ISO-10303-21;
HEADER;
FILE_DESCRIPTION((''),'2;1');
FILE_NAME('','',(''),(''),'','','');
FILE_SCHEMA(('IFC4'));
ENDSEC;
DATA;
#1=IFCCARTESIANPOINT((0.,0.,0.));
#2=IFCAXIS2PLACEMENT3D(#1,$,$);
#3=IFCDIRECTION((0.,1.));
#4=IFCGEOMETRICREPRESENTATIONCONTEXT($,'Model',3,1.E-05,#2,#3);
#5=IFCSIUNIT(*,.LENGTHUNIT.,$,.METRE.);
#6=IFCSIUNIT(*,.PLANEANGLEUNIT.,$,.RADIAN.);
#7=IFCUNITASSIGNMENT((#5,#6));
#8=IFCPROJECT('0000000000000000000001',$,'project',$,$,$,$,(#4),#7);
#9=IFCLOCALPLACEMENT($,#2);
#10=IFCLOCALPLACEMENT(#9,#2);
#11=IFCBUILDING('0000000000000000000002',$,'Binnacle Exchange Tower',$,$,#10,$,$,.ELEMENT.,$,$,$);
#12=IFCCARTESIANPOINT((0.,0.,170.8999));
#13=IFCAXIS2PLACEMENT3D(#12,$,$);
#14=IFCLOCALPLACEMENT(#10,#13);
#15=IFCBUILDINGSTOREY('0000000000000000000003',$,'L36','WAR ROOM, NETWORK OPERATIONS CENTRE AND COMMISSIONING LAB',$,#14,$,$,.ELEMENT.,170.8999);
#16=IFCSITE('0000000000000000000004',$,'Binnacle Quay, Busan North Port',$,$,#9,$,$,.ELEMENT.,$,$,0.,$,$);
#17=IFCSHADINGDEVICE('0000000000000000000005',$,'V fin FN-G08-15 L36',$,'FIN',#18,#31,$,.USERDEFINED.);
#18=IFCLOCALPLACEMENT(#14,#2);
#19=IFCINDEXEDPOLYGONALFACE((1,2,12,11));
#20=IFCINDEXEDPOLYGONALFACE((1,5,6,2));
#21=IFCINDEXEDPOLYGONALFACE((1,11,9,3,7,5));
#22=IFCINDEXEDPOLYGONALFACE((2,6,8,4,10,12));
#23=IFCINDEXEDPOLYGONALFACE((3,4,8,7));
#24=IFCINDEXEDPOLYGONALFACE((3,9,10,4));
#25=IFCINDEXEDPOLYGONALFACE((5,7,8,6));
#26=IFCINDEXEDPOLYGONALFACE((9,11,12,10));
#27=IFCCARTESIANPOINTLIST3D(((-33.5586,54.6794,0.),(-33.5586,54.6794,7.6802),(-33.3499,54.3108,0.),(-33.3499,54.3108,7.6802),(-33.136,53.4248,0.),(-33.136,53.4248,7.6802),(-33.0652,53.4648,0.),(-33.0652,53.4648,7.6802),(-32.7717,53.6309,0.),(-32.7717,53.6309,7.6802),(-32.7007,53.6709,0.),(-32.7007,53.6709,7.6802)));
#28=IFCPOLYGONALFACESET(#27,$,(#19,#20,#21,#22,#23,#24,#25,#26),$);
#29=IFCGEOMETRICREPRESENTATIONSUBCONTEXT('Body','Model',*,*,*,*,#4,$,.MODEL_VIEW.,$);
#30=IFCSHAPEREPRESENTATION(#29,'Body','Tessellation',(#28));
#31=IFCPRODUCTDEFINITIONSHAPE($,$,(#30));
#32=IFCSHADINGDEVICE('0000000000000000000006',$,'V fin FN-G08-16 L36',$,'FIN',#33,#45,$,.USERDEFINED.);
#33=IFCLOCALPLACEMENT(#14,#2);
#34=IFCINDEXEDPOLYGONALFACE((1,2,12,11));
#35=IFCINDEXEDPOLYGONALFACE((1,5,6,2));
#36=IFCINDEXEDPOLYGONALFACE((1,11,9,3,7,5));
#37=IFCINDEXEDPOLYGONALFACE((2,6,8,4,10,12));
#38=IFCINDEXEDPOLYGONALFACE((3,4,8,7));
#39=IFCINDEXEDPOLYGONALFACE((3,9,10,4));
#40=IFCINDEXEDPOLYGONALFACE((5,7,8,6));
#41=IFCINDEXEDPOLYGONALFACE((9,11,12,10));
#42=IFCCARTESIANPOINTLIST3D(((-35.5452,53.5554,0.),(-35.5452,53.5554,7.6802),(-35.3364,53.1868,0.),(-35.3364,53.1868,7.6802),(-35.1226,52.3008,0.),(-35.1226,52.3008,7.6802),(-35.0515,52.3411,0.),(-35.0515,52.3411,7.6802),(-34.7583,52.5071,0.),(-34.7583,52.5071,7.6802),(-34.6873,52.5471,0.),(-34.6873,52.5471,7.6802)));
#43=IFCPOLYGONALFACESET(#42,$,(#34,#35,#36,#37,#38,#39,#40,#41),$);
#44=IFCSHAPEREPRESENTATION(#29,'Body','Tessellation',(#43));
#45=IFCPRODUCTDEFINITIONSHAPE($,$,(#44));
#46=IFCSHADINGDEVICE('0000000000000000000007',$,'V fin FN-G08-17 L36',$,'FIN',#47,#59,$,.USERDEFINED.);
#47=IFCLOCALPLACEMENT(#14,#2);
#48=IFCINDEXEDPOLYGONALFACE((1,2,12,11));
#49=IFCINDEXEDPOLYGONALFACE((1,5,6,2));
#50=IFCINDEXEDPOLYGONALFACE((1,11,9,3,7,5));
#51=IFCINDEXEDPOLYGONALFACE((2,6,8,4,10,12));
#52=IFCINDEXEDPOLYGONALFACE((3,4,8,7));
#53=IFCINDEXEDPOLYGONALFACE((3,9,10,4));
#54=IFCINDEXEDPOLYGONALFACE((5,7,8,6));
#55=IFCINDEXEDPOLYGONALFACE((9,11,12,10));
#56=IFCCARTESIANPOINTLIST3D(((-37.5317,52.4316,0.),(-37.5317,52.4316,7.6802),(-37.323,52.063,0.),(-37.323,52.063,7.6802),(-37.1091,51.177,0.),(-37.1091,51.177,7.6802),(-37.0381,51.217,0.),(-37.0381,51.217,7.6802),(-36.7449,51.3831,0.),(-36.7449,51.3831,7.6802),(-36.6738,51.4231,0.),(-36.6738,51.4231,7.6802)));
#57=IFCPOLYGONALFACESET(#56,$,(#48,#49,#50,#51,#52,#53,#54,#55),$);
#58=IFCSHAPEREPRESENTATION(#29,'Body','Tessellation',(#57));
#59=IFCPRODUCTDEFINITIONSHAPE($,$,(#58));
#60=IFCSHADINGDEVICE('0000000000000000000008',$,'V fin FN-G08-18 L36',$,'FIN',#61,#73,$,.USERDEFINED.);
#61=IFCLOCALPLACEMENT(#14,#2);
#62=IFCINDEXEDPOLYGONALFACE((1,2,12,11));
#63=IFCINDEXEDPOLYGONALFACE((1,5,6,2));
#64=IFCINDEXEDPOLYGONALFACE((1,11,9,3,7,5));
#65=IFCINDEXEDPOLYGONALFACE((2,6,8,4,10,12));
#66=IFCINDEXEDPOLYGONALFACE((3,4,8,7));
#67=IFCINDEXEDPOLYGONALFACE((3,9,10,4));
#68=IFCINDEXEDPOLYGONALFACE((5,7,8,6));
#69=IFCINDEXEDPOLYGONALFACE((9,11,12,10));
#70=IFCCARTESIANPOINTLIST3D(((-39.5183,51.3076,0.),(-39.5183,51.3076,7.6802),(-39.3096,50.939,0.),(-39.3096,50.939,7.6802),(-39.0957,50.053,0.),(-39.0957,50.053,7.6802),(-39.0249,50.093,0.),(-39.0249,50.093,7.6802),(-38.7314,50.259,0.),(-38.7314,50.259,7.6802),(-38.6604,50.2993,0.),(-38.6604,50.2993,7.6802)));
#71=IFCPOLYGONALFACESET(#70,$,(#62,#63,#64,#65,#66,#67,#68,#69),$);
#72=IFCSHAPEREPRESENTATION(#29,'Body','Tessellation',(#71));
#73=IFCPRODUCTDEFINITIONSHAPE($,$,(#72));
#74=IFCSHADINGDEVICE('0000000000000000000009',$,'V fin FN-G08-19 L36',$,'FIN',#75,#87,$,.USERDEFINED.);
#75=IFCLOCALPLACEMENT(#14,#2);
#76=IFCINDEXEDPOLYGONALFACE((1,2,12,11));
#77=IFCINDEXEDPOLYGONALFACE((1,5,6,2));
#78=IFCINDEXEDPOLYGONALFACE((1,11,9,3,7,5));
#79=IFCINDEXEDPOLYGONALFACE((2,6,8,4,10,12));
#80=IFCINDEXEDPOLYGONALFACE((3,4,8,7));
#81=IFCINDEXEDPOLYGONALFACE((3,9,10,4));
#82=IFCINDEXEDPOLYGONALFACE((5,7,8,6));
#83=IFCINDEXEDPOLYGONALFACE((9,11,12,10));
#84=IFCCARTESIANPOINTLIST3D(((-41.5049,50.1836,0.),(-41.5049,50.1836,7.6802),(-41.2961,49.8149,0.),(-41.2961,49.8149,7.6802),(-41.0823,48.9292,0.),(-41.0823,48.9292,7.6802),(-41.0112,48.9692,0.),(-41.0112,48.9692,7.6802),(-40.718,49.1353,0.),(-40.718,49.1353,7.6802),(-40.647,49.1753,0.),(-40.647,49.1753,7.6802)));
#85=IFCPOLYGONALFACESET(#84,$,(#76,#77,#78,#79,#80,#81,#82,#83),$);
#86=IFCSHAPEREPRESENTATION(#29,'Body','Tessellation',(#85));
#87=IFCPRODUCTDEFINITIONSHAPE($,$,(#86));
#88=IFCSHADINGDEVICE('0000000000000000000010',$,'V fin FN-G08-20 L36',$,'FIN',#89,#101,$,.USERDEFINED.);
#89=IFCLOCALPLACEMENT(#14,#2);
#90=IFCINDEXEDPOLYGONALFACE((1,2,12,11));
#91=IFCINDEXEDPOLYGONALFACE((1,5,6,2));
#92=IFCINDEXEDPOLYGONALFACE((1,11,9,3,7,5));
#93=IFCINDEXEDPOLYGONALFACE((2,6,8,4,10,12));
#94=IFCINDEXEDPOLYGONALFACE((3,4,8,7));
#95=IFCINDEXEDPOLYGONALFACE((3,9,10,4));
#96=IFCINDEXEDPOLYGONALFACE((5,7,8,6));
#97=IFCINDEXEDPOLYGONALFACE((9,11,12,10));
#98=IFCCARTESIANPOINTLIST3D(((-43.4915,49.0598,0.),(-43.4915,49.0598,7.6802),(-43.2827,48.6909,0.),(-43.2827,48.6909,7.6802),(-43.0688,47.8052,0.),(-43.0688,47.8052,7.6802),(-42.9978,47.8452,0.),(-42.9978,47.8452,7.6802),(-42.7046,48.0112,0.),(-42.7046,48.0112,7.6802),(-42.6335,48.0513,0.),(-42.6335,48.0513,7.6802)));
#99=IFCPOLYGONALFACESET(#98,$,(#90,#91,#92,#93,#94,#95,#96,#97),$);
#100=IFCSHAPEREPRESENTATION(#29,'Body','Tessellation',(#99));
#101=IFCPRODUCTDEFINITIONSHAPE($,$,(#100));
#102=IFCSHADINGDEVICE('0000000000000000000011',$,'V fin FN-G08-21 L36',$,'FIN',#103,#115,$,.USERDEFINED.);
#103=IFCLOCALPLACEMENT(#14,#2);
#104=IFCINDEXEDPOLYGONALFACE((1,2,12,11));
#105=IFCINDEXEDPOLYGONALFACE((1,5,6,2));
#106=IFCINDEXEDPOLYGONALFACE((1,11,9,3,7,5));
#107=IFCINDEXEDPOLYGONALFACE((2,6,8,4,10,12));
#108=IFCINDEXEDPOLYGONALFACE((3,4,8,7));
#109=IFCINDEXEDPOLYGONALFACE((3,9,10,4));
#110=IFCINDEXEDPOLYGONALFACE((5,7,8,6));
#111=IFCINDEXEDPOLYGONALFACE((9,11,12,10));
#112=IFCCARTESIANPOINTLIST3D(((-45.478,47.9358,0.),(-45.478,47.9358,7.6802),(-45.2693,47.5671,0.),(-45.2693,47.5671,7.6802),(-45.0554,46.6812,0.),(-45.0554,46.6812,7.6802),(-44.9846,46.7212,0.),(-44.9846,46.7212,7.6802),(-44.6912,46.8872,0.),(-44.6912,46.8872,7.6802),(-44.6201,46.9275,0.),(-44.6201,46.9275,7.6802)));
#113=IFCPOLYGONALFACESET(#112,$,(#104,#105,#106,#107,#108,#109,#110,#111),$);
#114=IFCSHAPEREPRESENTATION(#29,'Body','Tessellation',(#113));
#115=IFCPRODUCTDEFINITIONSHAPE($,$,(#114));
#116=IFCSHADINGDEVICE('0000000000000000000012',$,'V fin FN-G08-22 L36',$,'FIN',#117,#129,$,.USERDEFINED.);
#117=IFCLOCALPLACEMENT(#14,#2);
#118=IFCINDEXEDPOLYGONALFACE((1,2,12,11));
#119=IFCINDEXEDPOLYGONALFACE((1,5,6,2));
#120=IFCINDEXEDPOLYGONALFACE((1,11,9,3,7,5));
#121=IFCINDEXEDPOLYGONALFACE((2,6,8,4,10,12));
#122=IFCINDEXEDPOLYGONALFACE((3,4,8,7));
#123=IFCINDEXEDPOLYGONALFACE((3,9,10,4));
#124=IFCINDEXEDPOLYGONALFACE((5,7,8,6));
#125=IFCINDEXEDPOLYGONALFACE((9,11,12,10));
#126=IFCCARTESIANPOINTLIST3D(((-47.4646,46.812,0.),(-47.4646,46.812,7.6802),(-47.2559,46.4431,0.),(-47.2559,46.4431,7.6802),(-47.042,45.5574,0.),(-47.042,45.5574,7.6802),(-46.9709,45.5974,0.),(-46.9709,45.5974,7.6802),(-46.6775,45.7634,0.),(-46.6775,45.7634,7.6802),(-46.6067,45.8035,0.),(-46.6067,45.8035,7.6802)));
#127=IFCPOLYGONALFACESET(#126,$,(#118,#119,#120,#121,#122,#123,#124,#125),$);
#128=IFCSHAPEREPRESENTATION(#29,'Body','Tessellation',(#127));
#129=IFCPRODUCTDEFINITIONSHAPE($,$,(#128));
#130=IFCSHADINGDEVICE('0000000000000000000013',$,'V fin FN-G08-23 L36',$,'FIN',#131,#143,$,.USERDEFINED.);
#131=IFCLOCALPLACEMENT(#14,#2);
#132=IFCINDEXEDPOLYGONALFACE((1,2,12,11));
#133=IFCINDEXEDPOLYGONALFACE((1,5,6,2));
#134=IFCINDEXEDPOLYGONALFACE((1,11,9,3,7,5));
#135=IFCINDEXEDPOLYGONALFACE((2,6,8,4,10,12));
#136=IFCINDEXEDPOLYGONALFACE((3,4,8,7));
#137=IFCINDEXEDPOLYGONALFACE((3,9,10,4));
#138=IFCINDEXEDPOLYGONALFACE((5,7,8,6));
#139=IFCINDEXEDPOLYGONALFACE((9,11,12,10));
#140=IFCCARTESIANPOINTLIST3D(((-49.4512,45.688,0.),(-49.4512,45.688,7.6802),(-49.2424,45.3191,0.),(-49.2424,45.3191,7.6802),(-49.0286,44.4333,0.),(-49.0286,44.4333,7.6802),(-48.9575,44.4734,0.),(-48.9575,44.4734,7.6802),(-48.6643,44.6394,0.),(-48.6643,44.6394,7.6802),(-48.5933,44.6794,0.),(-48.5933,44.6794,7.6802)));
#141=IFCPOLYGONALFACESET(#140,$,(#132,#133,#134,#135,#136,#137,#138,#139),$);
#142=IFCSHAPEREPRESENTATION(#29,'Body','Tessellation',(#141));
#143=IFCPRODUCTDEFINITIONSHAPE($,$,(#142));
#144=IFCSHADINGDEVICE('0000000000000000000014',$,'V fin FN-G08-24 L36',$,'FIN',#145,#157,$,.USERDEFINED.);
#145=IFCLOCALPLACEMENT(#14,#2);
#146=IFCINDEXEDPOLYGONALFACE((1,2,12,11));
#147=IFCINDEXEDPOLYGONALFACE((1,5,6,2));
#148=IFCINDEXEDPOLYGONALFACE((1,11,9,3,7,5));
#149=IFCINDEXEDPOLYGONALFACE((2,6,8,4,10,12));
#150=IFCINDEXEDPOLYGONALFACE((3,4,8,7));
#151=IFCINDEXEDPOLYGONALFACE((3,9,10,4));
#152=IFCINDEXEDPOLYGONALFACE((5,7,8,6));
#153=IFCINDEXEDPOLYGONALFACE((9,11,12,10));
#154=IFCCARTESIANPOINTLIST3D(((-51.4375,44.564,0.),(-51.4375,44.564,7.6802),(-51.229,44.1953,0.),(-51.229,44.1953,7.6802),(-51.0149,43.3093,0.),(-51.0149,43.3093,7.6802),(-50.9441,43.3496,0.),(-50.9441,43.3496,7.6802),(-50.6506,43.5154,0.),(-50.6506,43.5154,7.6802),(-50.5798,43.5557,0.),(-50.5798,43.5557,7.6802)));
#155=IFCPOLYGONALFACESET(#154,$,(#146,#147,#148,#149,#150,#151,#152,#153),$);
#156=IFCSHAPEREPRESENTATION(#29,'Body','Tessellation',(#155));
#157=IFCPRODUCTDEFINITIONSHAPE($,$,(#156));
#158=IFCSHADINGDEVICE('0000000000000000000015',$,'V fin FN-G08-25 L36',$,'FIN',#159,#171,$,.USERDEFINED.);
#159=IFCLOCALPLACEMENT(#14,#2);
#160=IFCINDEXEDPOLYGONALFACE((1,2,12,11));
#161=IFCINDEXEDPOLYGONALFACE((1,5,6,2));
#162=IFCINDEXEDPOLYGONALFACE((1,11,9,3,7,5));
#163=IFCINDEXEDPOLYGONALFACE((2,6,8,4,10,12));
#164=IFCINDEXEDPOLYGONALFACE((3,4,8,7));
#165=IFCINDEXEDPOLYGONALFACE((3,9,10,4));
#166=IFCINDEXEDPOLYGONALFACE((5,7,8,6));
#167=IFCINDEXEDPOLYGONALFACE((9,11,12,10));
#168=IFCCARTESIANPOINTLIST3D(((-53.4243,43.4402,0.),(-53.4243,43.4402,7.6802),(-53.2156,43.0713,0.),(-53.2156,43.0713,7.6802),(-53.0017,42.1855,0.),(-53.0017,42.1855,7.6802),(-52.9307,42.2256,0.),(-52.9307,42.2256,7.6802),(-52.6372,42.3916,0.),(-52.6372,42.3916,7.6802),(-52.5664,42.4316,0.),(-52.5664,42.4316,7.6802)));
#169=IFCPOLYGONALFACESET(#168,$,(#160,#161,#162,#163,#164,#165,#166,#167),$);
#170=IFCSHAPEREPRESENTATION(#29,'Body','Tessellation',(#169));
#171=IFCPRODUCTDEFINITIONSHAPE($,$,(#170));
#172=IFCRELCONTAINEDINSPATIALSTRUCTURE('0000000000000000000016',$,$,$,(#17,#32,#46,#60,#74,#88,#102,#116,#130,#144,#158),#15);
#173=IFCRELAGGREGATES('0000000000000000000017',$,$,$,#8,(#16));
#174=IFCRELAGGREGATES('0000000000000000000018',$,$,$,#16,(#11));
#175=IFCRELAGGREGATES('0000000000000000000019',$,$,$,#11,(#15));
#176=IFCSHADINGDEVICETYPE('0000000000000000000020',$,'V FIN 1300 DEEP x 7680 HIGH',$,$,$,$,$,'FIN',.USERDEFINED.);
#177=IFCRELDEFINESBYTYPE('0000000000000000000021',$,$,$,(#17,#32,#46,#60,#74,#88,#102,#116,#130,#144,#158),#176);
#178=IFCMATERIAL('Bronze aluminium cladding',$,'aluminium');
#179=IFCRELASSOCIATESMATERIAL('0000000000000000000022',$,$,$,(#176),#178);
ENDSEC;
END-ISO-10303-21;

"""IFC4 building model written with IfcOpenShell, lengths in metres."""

from ifc_helpers import new_model, si_unit, direction, frame, origin, place, context, subcontext, project, spatial, polyline, outline, extrude, material, type_object, element, save


model = new_model("IFC4")

# Units and contexts
model_context = context("Model", 3, precision=1e-05, world=origin(), true_north=direction((0.0, 1.0)))
body_context = subcontext(model_context, "Body", "Model", "MODEL_VIEW")
ifc_project = project(units=[si_unit("LENGTHUNIT", "METRE"), si_unit("PLANEANGLEUNIT", "RADIAN")], contexts=[model_context])

# Site, building, storey
site_placement = place(None, origin())
site = spatial("IfcSite", under=ifc_project, at=site_placement, Name="Binnacle Quay, Busan North Port", CompositionType="ELEMENT", RefElevation=0.0)
building_placement = place(site_placement, origin())
building = spatial("IfcBuilding", under=site, at=building_placement, Name="Binnacle Exchange Tower", CompositionType="ELEMENT")
storey_placement = place(building_placement, frame((0.0, 0.0, 170.8999)))
storey = spatial("IfcBuildingStorey", under=building, at=storey_placement, Name="L36", Description="WAR ROOM, NETWORK OPERATIONS CENTRE AND COMMISSIONING LAB", CompositionType="ELEMENT", Elevation=170.8999)

# Shading devices
ifc_material = material(Name="Bronze aluminium cladding", Category="aluminium")
shading_device_type = type_object("IfcShadingDeviceType", Name="V FIN 1300 DEEP x 7680 HIGH", ElementType="FIN", PredefinedType="USERDEFINED", material=ifc_material)
shading_device_1_placement = place(storey_placement, origin())
element("IfcShadingDevice", 1, at=shading_device_1_placement, inside=storey, type_object=shading_device_type, Name="V fin FN-G08-15 L36", ObjectType="FIN", PredefinedType="USERDEFINED", context=body_context, shape_type="SweptSolid", body=[
    extrude(outline(polyline([(-32.7007, 53.6709), (-33.5586, 54.6794), (-33.136, 53.4248), (-33.0652, 53.4648), (-33.3499, 54.3108), (-32.7717, 53.6309), (-32.7007, 53.6709)])), origin(), (0.0, 0.0, 1.0), 7.6802),
])
shading_device_2_placement = place(storey_placement, origin())
element("IfcShadingDevice", 2, at=shading_device_2_placement, inside=storey, type_object=shading_device_type, Name="V fin FN-G08-16 L36", ObjectType="FIN", PredefinedType="USERDEFINED", context=body_context, shape_type="SweptSolid", body=[
    extrude(outline(polyline([(-34.6873, 52.5471), (-35.5452, 53.5554), (-35.1226, 52.3008), (-35.0515, 52.3411), (-35.3364, 53.1868), (-34.7583, 52.5071), (-34.6873, 52.5471)])), origin(), (0.0, 0.0, 1.0), 7.6802),
])
shading_device_3_placement = place(storey_placement, origin())
element("IfcShadingDevice", 3, at=shading_device_3_placement, inside=storey, type_object=shading_device_type, Name="V fin FN-G08-17 L36", ObjectType="FIN", PredefinedType="USERDEFINED", context=body_context, shape_type="SweptSolid", body=[
    extrude(outline(polyline([(-36.6738, 51.4231), (-37.5317, 52.4316), (-37.1091, 51.177), (-37.0381, 51.217), (-37.323, 52.063), (-36.7449, 51.3831), (-36.6738, 51.4231)])), origin(), (0.0, 0.0, 1.0), 7.6802),
])
shading_device_4_placement = place(storey_placement, origin())
element("IfcShadingDevice", 4, at=shading_device_4_placement, inside=storey, type_object=shading_device_type, Name="V fin FN-G08-18 L36", ObjectType="FIN", PredefinedType="USERDEFINED", context=body_context, shape_type="SweptSolid", body=[
    extrude(outline(polyline([(-38.6604, 50.2993), (-39.5183, 51.3076), (-39.0957, 50.053), (-39.0249, 50.093), (-39.3096, 50.939), (-38.7314, 50.259), (-38.6604, 50.2993)])), origin(), (0.0, 0.0, 1.0), 7.6802),
])
shading_device_5_placement = place(storey_placement, origin())
element("IfcShadingDevice", 5, at=shading_device_5_placement, inside=storey, type_object=shading_device_type, Name="V fin FN-G08-19 L36", ObjectType="FIN", PredefinedType="USERDEFINED", context=body_context, shape_type="SweptSolid", body=[
    extrude(outline(polyline([(-40.647, 49.1753), (-41.5049, 50.1836), (-41.0823, 48.9292), (-41.0112, 48.9692), (-41.2961, 49.8149), (-40.718, 49.1353), (-40.647, 49.1753)])), origin(), (0.0, 0.0, 1.0), 7.6802),
])
shading_device_6_placement = place(storey_placement, origin())
element("IfcShadingDevice", 6, at=shading_device_6_placement, inside=storey, type_object=shading_device_type, Name="V fin FN-G08-20 L36", ObjectType="FIN", PredefinedType="USERDEFINED", context=body_context, shape_type="SweptSolid", body=[
    extrude(outline(polyline([(-42.6335, 48.0513), (-43.4915, 49.0598), (-43.0688, 47.8052), (-42.9978, 47.8452), (-43.2827, 48.6909), (-42.7046, 48.0112), (-42.6335, 48.0513)])), origin(), (0.0, 0.0, 1.0), 7.6802),
])
shading_device_7_placement = place(storey_placement, origin())
element("IfcShadingDevice", 7, at=shading_device_7_placement, inside=storey, type_object=shading_device_type, Name="V fin FN-G08-21 L36", ObjectType="FIN", PredefinedType="USERDEFINED", context=body_context, shape_type="SweptSolid", body=[
    extrude(outline(polyline([(-44.6201, 46.9275), (-45.478, 47.9358), (-45.0554, 46.6812), (-44.9846, 46.7212), (-45.2693, 47.5671), (-44.6912, 46.8872), (-44.6201, 46.9275)])), origin(), (0.0, 0.0, 1.0), 7.6802),
])
shading_device_8_placement = place(storey_placement, origin())
element("IfcShadingDevice", 8, at=shading_device_8_placement, inside=storey, type_object=shading_device_type, Name="V fin FN-G08-22 L36", ObjectType="FIN", PredefinedType="USERDEFINED", context=body_context, shape_type="SweptSolid", body=[
    extrude(outline(polyline([(-46.6067, 45.8035), (-47.4646, 46.812), (-47.042, 45.5574), (-46.9709, 45.5974), (-47.2559, 46.4431), (-46.6775, 45.7634), (-46.6067, 45.8035)])), origin(), (0.0, 0.0, 1.0), 7.6802),
])
shading_device_9_placement = place(storey_placement, origin())
element("IfcShadingDevice", 9, at=shading_device_9_placement, inside=storey, type_object=shading_device_type, Name="V fin FN-G08-23 L36", ObjectType="FIN", PredefinedType="USERDEFINED", context=body_context, shape_type="SweptSolid", body=[
    extrude(outline(polyline([(-48.5933, 44.6794), (-49.4512, 45.688), (-49.0286, 44.4333), (-48.9575, 44.4734), (-49.2424, 45.3191), (-48.6643, 44.6394), (-48.5933, 44.6794)])), origin(), (0.0, 0.0, 1.0), 7.6802),
])
shading_device_10_placement = place(storey_placement, origin())
element("IfcShadingDevice", 10, at=shading_device_10_placement, inside=storey, type_object=shading_device_type, Name="V fin FN-G08-24 L36", ObjectType="FIN", PredefinedType="USERDEFINED", context=body_context, shape_type="SweptSolid", body=[
    extrude(outline(polyline([(-50.5798, 43.5557), (-51.4375, 44.564), (-51.0149, 43.3093), (-50.9441, 43.3496), (-51.229, 44.1953), (-50.6506, 43.5154), (-50.5798, 43.5557)])), origin(), (0.0, 0.0, 1.0), 7.6802),
])
shading_device_11_placement = place(storey_placement, origin())
element("IfcShadingDevice", 11, at=shading_device_11_placement, inside=storey, type_object=shading_device_type, Name="V fin FN-G08-25 L36", ObjectType="FIN", PredefinedType="USERDEFINED", context=body_context, shape_type="SweptSolid", body=[
    extrude(outline(polyline([(-52.5664, 42.4316), (-53.4243, 43.4402), (-53.0017, 42.1855), (-52.9307, 42.2256), (-53.2156, 43.0713), (-52.6372, 42.3916), (-52.5664, 42.4316)])), origin(), (0.0, 0.0, 1.0), 7.6802),
])

save(model, "model.ifc")
